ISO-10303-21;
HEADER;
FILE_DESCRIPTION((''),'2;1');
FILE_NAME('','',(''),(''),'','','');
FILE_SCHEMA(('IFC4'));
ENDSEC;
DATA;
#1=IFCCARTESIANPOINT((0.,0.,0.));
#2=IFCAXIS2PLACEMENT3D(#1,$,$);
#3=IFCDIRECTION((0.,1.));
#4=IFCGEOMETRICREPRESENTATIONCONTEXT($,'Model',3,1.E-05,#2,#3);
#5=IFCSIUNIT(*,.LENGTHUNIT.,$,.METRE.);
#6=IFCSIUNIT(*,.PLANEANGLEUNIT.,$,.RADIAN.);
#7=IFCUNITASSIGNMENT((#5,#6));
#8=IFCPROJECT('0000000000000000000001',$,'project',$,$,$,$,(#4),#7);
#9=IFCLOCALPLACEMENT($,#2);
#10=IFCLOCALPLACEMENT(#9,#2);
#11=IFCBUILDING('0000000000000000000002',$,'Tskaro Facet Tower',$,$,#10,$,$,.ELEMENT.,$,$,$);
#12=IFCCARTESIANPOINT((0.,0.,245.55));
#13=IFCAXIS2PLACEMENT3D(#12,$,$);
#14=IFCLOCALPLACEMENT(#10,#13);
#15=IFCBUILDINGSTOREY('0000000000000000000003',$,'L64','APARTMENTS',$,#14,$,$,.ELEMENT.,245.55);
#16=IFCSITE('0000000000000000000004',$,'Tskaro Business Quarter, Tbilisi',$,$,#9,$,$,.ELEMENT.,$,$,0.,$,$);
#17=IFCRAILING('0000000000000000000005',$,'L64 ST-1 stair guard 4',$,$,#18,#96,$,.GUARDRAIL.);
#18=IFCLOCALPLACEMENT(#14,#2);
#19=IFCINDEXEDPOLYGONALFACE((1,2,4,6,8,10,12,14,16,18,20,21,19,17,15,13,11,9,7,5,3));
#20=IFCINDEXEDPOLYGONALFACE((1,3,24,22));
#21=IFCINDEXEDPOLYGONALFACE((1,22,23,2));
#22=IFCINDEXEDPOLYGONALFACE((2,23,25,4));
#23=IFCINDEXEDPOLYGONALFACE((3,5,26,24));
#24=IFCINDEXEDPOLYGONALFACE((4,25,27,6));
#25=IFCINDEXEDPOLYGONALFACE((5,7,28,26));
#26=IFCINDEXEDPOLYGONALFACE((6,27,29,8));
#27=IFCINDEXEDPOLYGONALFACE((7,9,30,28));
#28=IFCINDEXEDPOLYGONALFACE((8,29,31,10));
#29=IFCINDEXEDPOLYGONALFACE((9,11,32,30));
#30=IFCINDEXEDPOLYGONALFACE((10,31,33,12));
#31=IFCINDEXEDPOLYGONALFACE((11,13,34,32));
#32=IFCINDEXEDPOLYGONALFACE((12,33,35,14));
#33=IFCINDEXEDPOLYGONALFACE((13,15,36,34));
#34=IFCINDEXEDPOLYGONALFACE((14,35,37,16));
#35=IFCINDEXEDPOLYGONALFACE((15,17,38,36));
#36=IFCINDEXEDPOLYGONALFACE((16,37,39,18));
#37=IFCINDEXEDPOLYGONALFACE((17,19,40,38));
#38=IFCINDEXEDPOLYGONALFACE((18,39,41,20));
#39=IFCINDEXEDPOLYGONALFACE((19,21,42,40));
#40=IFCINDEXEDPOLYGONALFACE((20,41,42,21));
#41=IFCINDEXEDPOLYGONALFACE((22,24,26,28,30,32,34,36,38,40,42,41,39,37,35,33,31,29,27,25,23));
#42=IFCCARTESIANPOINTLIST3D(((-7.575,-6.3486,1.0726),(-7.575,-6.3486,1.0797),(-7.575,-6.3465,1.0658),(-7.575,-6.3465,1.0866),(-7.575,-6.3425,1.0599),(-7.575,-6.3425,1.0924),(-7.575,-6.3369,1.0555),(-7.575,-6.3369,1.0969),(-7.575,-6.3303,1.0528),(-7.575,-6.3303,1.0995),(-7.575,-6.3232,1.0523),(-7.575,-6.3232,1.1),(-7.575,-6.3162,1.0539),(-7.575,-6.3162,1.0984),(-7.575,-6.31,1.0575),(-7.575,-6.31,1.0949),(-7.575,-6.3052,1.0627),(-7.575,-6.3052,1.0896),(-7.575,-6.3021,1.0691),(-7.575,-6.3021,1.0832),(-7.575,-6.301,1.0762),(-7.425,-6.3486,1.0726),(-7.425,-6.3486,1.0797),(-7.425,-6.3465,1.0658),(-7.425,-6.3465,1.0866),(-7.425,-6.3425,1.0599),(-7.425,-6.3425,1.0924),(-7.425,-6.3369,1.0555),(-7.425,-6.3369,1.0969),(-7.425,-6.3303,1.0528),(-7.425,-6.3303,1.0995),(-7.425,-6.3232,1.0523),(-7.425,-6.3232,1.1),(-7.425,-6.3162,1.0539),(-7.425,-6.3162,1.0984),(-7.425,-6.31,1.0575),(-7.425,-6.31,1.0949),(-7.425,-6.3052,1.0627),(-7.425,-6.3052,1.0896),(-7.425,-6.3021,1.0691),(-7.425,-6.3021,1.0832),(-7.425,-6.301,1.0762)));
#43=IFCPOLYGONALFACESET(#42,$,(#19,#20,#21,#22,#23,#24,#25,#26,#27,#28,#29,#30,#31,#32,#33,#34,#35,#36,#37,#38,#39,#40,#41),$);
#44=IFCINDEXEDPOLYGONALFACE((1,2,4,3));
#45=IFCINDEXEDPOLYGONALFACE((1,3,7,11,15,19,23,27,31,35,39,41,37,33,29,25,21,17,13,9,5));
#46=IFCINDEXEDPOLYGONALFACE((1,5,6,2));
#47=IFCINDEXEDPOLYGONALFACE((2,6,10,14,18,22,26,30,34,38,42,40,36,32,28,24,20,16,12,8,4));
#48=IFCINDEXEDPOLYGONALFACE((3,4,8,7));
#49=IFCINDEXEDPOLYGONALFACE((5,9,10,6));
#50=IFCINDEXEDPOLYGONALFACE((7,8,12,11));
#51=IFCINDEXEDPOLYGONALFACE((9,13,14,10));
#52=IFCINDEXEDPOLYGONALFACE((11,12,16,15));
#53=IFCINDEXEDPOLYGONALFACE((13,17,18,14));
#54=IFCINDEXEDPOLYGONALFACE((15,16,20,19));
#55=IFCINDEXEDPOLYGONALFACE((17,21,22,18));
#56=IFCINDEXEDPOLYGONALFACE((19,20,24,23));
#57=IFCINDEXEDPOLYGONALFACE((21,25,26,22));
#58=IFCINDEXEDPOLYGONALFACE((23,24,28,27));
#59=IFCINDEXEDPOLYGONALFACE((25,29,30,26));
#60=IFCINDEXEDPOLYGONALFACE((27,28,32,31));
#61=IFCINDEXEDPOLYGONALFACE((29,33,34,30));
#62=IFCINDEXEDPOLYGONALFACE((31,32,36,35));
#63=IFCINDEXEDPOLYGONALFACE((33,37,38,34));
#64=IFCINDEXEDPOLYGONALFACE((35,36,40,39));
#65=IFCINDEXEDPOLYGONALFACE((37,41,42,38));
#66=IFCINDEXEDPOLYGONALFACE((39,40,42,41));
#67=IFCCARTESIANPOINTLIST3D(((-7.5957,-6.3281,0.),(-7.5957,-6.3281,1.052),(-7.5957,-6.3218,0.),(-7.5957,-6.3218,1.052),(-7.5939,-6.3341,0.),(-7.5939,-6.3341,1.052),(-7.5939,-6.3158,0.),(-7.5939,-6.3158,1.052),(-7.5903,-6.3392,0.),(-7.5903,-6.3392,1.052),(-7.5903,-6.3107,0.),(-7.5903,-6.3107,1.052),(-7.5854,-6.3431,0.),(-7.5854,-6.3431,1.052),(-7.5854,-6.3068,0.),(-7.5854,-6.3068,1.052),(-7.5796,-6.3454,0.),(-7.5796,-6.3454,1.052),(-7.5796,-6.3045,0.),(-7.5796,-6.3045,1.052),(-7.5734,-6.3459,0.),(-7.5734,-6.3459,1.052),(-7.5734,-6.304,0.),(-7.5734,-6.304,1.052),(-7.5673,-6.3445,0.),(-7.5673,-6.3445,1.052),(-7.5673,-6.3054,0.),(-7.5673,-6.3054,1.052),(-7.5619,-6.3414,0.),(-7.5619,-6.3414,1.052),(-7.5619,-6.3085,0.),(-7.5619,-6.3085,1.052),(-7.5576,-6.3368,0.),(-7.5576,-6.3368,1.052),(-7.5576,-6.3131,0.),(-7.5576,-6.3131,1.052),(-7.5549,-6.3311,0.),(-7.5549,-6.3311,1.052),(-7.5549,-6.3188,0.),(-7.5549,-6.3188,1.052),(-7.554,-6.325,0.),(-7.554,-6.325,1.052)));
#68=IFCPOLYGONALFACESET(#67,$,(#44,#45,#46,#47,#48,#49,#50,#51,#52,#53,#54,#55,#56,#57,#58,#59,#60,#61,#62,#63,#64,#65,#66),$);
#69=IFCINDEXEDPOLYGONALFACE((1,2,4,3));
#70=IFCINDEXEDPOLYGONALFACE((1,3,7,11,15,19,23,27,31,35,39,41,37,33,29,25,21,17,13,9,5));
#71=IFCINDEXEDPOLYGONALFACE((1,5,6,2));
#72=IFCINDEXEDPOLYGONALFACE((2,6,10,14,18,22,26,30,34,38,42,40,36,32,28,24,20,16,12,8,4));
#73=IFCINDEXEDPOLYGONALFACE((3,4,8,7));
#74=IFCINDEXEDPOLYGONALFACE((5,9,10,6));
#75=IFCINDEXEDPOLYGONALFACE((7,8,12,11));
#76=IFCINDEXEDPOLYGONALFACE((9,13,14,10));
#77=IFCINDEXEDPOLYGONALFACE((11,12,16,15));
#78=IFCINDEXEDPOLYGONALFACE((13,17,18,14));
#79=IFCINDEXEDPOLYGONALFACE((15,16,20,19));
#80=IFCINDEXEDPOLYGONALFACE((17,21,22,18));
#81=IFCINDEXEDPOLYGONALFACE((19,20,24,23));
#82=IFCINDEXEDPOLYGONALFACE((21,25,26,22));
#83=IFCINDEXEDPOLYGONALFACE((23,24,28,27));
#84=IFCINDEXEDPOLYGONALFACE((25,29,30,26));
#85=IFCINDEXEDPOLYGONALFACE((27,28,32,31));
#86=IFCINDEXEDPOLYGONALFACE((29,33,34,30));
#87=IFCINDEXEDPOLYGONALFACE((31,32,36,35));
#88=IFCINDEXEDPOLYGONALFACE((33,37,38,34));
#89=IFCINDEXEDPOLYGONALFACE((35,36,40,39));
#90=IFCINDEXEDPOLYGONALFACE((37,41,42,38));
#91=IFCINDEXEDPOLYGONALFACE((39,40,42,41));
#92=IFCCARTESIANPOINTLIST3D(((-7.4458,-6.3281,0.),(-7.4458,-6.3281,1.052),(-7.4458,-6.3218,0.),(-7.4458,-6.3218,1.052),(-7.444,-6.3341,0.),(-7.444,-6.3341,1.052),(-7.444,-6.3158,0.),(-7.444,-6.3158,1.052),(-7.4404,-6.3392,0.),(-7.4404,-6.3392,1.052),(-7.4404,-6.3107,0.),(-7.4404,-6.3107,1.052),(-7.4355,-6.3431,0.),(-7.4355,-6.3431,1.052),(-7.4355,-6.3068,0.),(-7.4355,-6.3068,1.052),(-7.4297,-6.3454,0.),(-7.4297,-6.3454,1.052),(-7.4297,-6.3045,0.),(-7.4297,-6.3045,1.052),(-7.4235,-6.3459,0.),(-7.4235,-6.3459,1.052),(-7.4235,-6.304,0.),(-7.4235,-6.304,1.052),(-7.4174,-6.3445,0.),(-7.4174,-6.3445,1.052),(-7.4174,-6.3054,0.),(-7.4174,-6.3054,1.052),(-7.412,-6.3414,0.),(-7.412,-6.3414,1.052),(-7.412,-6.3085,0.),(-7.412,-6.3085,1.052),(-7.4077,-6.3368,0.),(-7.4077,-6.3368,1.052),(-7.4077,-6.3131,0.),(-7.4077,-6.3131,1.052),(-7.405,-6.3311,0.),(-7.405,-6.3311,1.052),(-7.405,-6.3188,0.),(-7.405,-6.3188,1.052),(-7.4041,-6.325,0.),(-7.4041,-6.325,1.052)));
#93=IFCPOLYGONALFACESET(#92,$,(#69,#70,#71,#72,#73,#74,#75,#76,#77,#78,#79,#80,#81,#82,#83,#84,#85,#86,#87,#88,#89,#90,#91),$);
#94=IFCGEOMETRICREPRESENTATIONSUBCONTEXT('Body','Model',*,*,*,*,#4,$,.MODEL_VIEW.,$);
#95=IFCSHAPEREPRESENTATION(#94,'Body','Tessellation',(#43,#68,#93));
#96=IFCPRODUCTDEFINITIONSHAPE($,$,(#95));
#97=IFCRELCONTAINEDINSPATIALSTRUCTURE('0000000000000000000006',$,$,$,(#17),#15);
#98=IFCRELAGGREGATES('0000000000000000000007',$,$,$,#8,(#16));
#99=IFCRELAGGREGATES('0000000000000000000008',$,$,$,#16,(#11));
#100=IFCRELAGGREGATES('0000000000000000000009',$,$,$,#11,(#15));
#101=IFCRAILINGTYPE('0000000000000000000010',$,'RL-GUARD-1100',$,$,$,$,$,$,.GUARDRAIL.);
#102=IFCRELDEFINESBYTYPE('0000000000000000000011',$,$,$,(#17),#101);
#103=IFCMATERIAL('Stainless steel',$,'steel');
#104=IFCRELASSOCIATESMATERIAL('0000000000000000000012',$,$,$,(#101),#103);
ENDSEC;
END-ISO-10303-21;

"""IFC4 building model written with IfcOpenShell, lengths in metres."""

from ifc_helpers import new_model, si_unit, direction, frame, origin, origin_2d, place, context, subcontext, project, spatial, circle, extrude, material, type_object, element, save


model = new_model("IFC4")

# Units and contexts
model_context = context("Model", 3, precision=1e-05, world=origin(), true_north=direction((0.0, 1.0)))
body_context = subcontext(model_context, "Body", "Model", "MODEL_VIEW")
ifc_project = project(units=[si_unit("LENGTHUNIT", "METRE"), si_unit("PLANEANGLEUNIT", "RADIAN")], contexts=[model_context])

# Site, building, storey
site_placement = place(None, origin())
site = spatial("IfcSite", under=ifc_project, at=site_placement, Name="Tskaro Business Quarter, Tbilisi", CompositionType="ELEMENT", RefElevation=0.0)
building_placement = place(site_placement, origin())
building = spatial("IfcBuilding", under=site, at=building_placement, Name="Tskaro Facet Tower", CompositionType="ELEMENT")
storey_placement = place(building_placement, frame((0.0, 0.0, 245.55)))
storey = spatial("IfcBuildingStorey", under=building, at=storey_placement, Name="L64", Description="APARTMENTS", CompositionType="ELEMENT", Elevation=245.55)

# Shared definitions
ifc_material_1 = material(Name="Stainless steel", Category="steel")

# Railing
railing_type_1 = type_object("IfcRailingType", Name="RL-GUARD-1100", PredefinedType="GUARDRAIL", material=ifc_material_1)
railing_1_placement = place(storey_placement, frame((-7.575, -6.325, 0.0)))
element("IfcRailing", 1, at=railing_1_placement, inside=storey, type_object=railing_type_1, Name="L64 ST-1 stair guard 4", PredefinedType="GUARDRAIL", context=body_context, shape_type="SweptSolid", body=[
    extrude(circle(Radius=0.0239, at=origin_2d()), frame((0.0, 0.0, 1.0762), z_axis=(1.0, 0.0, 0.0), x_axis=(0.0, 1.0, 0.0)), (0.0, 0.0, 1.0), 0.1499),
    extrude(circle(Radius=0.021, at=origin_2d()), origin(), (0.0, 0.0, 1.0), 1.052),
    extrude(circle(Radius=0.021, at=origin_2d()), frame((0.1499, 0.0, 0.0)), (0.0, 0.0, 1.0), 1.052),
])

save(model, "model.ifc")
